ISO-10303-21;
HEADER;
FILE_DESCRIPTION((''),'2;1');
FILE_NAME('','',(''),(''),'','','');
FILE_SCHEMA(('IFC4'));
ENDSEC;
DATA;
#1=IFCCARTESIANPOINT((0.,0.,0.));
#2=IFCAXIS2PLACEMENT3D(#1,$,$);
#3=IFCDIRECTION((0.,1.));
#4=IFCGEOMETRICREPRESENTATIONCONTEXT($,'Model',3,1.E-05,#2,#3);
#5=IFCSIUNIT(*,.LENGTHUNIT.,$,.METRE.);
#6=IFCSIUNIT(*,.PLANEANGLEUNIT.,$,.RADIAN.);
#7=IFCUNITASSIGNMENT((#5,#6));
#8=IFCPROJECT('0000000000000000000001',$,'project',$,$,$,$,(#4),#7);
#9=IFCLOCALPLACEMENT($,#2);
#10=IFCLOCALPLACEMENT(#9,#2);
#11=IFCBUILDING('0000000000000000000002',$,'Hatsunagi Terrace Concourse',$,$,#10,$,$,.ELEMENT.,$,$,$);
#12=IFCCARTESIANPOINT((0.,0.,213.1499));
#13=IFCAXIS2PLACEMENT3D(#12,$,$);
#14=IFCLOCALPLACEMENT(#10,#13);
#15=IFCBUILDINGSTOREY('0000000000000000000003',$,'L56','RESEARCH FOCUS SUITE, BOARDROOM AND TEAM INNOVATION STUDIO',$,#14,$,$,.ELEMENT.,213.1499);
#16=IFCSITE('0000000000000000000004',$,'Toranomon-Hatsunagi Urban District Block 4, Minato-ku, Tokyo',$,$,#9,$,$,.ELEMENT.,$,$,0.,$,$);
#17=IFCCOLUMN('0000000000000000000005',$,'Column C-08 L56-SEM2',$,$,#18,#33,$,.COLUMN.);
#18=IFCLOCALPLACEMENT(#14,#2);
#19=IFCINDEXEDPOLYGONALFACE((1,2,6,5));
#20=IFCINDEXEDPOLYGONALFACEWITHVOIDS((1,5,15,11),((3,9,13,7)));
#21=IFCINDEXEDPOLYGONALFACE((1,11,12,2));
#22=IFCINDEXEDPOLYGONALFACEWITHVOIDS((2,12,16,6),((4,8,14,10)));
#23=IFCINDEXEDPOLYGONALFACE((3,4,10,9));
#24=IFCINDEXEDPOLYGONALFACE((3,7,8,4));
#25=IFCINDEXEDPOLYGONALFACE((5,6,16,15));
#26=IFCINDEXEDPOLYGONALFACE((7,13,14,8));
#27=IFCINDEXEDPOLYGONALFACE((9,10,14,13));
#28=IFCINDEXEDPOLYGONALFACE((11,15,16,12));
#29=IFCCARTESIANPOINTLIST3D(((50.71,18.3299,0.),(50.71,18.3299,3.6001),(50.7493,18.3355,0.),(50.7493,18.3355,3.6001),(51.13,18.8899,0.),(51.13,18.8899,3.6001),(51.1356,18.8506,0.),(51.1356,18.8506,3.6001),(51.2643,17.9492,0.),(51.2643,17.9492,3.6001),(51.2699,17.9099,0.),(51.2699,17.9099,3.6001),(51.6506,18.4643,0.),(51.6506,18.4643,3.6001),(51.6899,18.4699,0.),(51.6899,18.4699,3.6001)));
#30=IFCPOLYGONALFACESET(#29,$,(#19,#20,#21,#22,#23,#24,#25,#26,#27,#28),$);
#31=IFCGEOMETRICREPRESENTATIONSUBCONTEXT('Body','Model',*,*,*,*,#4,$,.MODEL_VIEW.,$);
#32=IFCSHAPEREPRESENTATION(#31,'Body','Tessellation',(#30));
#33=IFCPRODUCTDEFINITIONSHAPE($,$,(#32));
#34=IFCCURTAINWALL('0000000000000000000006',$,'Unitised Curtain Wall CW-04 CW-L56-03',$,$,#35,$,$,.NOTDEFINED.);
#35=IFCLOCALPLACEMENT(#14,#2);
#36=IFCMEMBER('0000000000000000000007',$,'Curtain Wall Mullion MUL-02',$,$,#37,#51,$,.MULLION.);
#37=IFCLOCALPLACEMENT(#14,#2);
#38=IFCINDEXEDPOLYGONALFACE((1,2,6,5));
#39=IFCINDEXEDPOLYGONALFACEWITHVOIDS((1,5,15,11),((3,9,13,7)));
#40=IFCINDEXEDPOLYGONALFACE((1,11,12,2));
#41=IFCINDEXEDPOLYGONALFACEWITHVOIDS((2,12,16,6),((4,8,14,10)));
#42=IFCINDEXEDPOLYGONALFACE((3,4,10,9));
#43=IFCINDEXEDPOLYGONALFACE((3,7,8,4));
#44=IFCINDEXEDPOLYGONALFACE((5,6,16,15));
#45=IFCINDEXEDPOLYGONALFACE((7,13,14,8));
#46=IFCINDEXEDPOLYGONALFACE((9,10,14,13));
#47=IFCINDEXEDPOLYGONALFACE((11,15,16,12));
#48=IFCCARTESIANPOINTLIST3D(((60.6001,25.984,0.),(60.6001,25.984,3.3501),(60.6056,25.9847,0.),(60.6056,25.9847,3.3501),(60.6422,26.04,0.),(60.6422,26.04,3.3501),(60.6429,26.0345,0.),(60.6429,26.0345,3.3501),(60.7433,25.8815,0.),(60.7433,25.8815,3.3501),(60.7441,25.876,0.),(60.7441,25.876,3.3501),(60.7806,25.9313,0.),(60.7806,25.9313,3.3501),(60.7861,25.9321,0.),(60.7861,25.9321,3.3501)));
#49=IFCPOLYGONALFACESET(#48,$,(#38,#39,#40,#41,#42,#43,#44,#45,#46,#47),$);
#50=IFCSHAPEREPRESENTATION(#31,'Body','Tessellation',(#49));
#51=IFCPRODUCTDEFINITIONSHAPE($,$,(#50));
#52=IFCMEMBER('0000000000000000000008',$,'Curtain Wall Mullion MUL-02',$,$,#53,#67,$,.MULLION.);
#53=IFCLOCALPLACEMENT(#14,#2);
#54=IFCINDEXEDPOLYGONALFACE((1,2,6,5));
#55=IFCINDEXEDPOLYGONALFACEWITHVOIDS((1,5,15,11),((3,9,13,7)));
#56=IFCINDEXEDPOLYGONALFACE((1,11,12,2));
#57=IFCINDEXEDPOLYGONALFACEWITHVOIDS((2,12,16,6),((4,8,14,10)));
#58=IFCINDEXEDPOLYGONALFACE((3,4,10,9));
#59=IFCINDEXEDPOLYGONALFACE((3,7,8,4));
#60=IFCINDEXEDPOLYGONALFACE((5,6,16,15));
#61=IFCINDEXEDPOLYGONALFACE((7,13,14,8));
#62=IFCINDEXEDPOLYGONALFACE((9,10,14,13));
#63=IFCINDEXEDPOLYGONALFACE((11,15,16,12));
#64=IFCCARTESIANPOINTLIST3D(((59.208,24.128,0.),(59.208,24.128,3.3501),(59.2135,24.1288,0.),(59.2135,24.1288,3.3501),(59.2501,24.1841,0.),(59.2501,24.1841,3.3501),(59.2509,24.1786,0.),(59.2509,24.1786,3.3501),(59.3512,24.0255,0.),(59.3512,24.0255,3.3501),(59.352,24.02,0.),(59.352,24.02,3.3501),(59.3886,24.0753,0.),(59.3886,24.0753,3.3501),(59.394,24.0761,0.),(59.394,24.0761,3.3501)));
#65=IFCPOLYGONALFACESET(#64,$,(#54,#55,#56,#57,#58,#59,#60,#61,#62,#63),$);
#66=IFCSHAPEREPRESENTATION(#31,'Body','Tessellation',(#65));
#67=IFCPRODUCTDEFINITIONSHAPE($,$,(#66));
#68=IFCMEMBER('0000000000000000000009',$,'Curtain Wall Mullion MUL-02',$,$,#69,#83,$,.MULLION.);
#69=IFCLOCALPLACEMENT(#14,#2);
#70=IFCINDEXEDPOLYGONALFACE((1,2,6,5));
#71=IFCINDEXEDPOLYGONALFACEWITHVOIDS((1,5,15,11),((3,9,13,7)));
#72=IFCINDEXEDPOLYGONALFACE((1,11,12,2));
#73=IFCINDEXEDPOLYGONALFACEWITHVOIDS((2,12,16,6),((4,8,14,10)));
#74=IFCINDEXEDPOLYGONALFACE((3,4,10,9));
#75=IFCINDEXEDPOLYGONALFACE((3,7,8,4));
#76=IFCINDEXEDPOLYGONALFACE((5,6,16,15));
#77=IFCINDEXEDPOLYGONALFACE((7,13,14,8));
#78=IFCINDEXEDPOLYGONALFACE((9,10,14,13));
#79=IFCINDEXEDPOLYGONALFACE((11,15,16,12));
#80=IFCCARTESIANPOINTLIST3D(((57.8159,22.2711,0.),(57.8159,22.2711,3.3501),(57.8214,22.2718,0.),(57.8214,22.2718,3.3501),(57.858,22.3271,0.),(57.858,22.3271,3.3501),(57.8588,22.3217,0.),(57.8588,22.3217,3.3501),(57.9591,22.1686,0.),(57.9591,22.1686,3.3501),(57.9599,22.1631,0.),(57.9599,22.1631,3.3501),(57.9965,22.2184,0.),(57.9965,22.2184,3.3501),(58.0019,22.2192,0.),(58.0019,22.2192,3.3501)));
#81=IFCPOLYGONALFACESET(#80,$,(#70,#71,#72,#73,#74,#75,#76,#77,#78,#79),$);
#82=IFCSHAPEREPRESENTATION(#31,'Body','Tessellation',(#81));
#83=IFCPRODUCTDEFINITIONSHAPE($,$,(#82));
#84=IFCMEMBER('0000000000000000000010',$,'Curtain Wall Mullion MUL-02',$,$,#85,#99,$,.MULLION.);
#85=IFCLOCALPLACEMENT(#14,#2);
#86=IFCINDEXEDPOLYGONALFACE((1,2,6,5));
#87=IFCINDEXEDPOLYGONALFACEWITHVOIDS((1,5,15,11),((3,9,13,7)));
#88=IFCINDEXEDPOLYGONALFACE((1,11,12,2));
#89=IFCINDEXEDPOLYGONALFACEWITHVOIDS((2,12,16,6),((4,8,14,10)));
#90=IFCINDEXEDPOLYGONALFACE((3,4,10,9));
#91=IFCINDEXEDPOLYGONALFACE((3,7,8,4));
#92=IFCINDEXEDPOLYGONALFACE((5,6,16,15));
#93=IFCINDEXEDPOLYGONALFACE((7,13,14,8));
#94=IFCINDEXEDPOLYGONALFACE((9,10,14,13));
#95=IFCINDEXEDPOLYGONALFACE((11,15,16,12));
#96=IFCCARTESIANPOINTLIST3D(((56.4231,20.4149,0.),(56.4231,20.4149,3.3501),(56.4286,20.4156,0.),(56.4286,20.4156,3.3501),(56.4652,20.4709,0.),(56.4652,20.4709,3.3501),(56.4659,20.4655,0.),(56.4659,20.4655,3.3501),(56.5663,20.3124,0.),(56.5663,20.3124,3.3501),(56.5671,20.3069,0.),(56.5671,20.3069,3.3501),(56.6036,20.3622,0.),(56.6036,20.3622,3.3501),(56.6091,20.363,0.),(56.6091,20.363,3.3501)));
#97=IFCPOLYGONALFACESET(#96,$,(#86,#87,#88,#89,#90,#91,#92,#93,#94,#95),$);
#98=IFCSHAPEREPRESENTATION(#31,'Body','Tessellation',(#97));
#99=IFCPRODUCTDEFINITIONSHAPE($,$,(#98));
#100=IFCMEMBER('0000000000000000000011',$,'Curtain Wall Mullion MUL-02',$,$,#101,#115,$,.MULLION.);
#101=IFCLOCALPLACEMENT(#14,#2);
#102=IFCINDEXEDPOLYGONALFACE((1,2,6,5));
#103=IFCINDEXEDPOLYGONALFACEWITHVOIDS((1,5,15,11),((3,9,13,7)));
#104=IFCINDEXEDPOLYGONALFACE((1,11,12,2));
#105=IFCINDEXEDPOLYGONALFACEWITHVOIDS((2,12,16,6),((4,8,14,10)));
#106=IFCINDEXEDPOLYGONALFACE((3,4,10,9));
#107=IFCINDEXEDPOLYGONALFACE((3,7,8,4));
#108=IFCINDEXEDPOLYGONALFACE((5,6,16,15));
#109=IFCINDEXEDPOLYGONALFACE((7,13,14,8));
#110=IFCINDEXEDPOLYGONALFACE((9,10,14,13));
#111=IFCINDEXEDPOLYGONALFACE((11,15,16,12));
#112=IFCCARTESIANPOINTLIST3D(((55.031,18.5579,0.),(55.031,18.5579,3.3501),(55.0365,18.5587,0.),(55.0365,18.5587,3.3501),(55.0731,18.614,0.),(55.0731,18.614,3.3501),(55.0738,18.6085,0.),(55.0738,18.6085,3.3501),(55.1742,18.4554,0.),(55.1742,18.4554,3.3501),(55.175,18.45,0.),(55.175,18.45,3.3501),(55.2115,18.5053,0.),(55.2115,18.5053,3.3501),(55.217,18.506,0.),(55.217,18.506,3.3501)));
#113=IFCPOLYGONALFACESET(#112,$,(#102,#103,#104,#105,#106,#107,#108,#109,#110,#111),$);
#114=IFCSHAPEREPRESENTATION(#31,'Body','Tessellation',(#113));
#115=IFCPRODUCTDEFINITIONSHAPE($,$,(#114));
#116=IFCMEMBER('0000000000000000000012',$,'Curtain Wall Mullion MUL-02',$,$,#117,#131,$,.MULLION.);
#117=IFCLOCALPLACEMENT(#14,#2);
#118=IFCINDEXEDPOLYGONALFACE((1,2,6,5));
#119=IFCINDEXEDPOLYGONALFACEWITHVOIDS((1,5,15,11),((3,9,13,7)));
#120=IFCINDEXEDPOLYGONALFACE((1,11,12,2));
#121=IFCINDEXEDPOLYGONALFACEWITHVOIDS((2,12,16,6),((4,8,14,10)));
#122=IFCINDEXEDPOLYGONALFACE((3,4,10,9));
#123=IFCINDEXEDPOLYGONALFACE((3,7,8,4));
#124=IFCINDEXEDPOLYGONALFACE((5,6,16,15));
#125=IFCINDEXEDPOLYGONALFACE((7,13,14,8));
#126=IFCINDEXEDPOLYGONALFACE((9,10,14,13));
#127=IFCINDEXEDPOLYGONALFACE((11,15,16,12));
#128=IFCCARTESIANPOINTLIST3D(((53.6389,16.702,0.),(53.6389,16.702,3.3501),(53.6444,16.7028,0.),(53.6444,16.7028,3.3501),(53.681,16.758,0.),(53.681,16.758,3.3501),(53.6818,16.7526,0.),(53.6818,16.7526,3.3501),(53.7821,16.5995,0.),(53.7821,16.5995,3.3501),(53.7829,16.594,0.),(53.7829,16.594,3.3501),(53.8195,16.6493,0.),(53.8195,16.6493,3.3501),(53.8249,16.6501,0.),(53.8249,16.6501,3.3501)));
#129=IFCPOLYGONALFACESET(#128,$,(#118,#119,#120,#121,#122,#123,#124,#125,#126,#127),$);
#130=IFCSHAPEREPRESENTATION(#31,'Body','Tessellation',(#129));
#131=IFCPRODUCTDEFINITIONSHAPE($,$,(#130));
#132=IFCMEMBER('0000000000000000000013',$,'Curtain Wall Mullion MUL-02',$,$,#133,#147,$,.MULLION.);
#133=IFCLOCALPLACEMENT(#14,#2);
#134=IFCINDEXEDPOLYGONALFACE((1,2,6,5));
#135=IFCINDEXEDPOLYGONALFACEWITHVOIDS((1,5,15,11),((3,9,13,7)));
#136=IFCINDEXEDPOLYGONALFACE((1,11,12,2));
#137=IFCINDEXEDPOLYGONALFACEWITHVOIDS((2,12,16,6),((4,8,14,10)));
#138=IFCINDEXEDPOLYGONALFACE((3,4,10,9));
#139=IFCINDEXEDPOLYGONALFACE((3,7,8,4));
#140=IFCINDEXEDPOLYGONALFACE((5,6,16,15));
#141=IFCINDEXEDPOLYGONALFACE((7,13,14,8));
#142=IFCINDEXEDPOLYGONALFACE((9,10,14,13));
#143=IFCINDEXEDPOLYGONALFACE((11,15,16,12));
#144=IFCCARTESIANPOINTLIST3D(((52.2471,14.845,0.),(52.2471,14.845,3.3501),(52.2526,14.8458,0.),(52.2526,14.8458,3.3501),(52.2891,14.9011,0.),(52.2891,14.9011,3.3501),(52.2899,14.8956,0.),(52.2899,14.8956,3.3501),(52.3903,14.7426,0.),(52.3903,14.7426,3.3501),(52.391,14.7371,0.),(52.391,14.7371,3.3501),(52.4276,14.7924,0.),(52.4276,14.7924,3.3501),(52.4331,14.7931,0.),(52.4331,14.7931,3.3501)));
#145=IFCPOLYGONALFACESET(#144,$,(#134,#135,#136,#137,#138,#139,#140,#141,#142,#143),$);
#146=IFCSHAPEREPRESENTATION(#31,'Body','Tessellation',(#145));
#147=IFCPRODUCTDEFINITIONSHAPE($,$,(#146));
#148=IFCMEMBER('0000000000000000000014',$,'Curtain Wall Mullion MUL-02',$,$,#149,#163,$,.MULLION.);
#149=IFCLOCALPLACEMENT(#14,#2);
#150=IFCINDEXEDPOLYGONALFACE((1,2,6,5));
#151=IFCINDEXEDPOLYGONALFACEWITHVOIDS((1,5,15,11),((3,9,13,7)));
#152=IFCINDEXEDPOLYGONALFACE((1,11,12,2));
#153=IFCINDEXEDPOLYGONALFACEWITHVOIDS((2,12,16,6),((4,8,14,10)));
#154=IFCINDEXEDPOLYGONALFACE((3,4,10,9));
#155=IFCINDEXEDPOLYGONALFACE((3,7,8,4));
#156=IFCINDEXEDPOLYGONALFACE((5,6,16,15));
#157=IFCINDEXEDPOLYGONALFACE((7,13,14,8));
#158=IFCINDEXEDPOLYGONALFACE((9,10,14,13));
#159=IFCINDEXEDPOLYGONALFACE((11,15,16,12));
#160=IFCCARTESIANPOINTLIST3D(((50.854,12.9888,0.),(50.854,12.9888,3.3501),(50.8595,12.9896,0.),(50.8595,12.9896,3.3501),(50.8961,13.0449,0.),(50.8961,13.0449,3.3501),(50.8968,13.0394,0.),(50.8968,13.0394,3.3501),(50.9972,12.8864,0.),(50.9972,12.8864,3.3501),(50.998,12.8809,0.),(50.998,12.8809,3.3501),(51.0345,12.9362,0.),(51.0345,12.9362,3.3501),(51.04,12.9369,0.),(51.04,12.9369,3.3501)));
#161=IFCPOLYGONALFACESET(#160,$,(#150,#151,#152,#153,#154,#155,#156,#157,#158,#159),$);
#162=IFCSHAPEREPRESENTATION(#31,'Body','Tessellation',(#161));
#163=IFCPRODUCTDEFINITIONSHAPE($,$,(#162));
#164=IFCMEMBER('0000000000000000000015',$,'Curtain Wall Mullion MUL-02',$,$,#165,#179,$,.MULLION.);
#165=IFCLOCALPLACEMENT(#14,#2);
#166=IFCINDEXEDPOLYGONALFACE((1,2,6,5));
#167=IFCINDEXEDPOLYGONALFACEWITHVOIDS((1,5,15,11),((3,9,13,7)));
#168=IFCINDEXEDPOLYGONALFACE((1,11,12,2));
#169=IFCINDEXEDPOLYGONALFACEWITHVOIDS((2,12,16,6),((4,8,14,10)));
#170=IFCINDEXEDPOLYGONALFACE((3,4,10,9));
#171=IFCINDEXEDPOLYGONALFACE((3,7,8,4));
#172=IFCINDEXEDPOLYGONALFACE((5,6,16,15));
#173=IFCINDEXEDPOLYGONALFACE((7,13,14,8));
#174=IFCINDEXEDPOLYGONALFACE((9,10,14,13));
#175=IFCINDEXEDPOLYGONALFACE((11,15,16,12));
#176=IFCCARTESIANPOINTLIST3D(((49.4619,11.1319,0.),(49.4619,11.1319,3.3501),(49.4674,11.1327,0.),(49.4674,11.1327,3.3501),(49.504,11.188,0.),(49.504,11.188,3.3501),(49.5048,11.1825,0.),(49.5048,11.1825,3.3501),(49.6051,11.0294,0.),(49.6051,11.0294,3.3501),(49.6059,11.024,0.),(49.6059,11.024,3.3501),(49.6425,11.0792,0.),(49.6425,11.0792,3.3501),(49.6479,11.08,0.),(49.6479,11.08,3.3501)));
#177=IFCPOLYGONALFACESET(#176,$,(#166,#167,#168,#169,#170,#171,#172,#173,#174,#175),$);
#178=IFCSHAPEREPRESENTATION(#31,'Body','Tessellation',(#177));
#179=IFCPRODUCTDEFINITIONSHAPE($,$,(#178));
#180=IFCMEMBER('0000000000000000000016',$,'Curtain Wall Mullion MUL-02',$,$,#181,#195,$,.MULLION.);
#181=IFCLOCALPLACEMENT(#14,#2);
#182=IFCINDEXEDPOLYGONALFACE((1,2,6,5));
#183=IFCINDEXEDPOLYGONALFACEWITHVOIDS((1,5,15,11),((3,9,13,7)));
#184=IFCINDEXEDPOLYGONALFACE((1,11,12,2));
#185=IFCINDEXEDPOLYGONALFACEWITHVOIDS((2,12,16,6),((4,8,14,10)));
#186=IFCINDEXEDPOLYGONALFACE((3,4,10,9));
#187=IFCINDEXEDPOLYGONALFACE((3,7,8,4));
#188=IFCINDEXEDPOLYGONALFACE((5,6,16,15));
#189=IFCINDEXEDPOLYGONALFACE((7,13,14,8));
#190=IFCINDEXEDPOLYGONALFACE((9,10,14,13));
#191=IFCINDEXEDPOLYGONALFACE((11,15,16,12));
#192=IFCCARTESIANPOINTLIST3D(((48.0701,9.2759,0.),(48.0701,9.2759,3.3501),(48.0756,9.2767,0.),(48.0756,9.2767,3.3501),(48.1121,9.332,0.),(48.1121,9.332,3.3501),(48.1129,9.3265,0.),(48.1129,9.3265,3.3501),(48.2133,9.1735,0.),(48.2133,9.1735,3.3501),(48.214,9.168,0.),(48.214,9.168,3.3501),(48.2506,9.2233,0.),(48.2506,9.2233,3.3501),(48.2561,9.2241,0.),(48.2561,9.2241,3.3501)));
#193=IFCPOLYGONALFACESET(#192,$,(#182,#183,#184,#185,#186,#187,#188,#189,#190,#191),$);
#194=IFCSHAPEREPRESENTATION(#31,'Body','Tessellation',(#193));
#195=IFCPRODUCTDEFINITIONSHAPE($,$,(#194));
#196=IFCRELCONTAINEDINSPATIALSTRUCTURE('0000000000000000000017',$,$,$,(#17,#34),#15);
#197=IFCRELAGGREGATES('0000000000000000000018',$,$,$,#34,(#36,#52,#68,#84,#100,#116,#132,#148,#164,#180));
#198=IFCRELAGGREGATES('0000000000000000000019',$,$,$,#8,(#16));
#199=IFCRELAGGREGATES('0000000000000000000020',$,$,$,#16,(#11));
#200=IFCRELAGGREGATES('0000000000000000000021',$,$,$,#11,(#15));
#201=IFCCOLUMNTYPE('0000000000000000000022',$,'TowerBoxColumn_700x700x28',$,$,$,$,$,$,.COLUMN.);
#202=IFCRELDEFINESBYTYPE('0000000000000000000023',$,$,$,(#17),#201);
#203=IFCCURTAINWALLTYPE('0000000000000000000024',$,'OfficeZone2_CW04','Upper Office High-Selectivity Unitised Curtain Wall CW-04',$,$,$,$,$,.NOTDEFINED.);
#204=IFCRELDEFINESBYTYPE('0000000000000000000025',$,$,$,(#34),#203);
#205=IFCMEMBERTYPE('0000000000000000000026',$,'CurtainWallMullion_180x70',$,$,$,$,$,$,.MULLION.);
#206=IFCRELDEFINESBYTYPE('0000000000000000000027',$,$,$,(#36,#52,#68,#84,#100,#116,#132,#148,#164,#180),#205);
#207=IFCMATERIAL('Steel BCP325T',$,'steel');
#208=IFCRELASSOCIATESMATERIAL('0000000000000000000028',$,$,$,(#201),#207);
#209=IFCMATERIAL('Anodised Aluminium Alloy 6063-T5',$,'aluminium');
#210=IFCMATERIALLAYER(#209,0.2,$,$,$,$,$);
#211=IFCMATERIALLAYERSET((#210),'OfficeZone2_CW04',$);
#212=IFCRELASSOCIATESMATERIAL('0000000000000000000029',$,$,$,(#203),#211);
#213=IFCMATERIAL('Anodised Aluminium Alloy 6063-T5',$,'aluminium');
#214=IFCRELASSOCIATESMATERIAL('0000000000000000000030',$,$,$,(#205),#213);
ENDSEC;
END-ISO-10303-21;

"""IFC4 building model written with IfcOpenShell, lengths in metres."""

from ifc_helpers import new_model, si_unit, direction, frame, origin, origin_2d, place, context, subcontext, project, spatial, hollow_rectangle, extrude, material, layer, layer_set, material_profile, profile_set, type_object, element, aggregate, save


model = new_model("IFC4")

# Units and contexts
model_context = context("Model", 3, precision=1e-05, world=origin(), true_north=direction((0.0, 1.0)))
body_context = subcontext(model_context, "Body", "Model", "MODEL_VIEW")
ifc_project = project(units=[si_unit("LENGTHUNIT", "METRE"), si_unit("PLANEANGLEUNIT", "RADIAN")], contexts=[model_context])

# Site, building, storey
site_placement = place(None, origin())
site = spatial("IfcSite", under=ifc_project, at=site_placement, Name="Toranomon-Hatsunagi Urban District Block 4, Minato-ku, Tokyo", CompositionType="ELEMENT", RefElevation=0.0)
building_placement = place(site_placement, origin())
building = spatial("IfcBuilding", under=site, at=building_placement, Name="Hatsunagi Terrace Concourse", CompositionType="ELEMENT")
storey_placement = place(building_placement, frame((0.0, 0.0, 213.1499)))
storey = spatial("IfcBuildingStorey", under=building, at=storey_placement, Name="L56", Description="RESEARCH FOCUS SUITE, BOARDROOM AND TEAM INNOVATION STUDIO", CompositionType="ELEMENT", Elevation=213.1499)

# Column
ifc_material_1 = material(Name="Steel BCP325T", Category="steel")
ifc_material_profile_1 = material_profile(ifc_material_1, hollow_rectangle(XDim=0.7, YDim=0.7, WallThickness=0.0281, at=origin_2d()), Name="BCP-700x700x28")
ifc_profile_set_1 = profile_set([ifc_material_profile_1], Name="Steel BCP325T")
column_type = type_object("IfcColumnType", Name="TowerBoxColumn_700x700x28", PredefinedType="COLUMN", material=ifc_profile_set_1)
column_placement = place(storey_placement, frame((51.2, 18.3999, 0.0), z_axis=(0.0, 0.0, 1.0), x_axis=(0.8, -0.6, 0.0)))
element("IfcColumn", 1, at=column_placement, inside=storey, type_object=column_type, Name="Column C-08 L56-SEM2", PredefinedType="COLUMN", context=body_context, shape_type="SweptSolid", body=[
    extrude(hollow_rectangle(XDim=0.7, YDim=0.7, WallThickness=0.0281, at=origin_2d()), origin(), (0.0, 0.0, 1.0), 3.6001),
])

# Curtain wall, members
ifc_material_2 = material(Name="Anodised Aluminium Alloy 6063-T5", Category="aluminium")
ifc_layer_1 = layer(ifc_material_2, 0.2)
ifc_layer_set_1 = layer_set([ifc_layer_1], Name="OfficeZone2_CW04")
curtain_wall_type = type_object("IfcCurtainWallType", Name="OfficeZone2_CW04", Description="Upper Office High-Selectivity Unitised Curtain Wall CW-04", PredefinedType="NOTDEFINED", material=ifc_layer_set_1)
curtain_wall_placement = place(storey_placement, origin())
curtain_wall = element("IfcCurtainWall", 2, at=curtain_wall_placement, inside=storey, type_object=curtain_wall_type, Name="Unitised Curtain Wall CW-04 CW-L56-03", PredefinedType="NOTDEFINED")
ifc_material_3 = material(Name="Anodised Aluminium Alloy 6063-T5", Category="aluminium")
ifc_material_profile_2 = material_profile(ifc_material_3, hollow_rectangle(XDim=0.0701, YDim=0.1799, WallThickness=0.0039, at=origin_2d()), Name="ALU-MUL-180x70x4")
ifc_profile_set_2 = profile_set([ifc_material_profile_2], Name="Anodised Aluminium Alloy 6063-T5")
member_type_1 = type_object("IfcMemberType", Name="CurtainWallMullion_180x70", PredefinedType="MULLION", material=ifc_profile_set_2)
member_1_placement = place(storey_placement, frame((60.6931, 25.958, 0.0), z_axis=(0.0, 0.0, 1.0), x_axis=(-0.599969, -0.800023, 0.0)))
member_1 = element("IfcMember", 3, at=member_1_placement, type_object=member_type_1, Name="Curtain Wall Mullion MUL-02", PredefinedType="MULLION", context=body_context, shape_type="SweptSolid", body=[
    extrude(hollow_rectangle(XDim=0.0701, YDim=0.1799, WallThickness=0.0039, at=origin_2d()), origin(), (0.0, 0.0, 1.0), 3.3501),
])
member_2_placement = place(storey_placement, frame((59.301, 24.1021, 0.0), z_axis=(0.0, 0.0, 1.0), x_axis=(-0.599969, -0.800023, 0.0)))
member_2 = element("IfcMember", 4, at=member_2_placement, type_object=member_type_1, Name="Curtain Wall Mullion MUL-02", PredefinedType="MULLION", context=body_context, shape_type="SweptSolid", body=[
    extrude(hollow_rectangle(XDim=0.0701, YDim=0.1799, WallThickness=0.0039, at=origin_2d()), origin(), (0.0, 0.0, 1.0), 3.3501),
])
member_3_placement = place(storey_placement, frame((57.9089, 22.2451, 0.0), z_axis=(0.0, 0.0, 1.0), x_axis=(-0.599969, -0.800023, 0.0)))
member_3 = element("IfcMember", 5, at=member_3_placement, type_object=member_type_1, Name="Curtain Wall Mullion MUL-02", PredefinedType="MULLION", context=body_context, shape_type="SweptSolid", body=[
    extrude(hollow_rectangle(XDim=0.0701, YDim=0.1799, WallThickness=0.0039, at=origin_2d()), origin(), (0.0, 0.0, 1.0), 3.3501),
])
member_4_placement = place(storey_placement, frame((56.5161, 20.3889, 0.0), z_axis=(0.0, 0.0, 1.0), x_axis=(-0.599969, -0.800023, 0.0)))
member_4 = element("IfcMember", 6, at=member_4_placement, type_object=member_type_1, Name="Curtain Wall Mullion MUL-02", PredefinedType="MULLION", context=body_context, shape_type="SweptSolid", body=[
    extrude(hollow_rectangle(XDim=0.0701, YDim=0.1799, WallThickness=0.0039, at=origin_2d()), origin(), (0.0, 0.0, 1.0), 3.3501),
])
member_5_placement = place(storey_placement, frame((55.124, 18.532, 0.0), z_axis=(0.0, 0.0, 1.0), x_axis=(-0.599969, -0.800023, 0.0)))
member_5 = element("IfcMember", 7, at=member_5_placement, type_object=member_type_1, Name="Curtain Wall Mullion MUL-02", PredefinedType="MULLION", context=body_context, shape_type="SweptSolid", body=[
    extrude(hollow_rectangle(XDim=0.0701, YDim=0.1799, WallThickness=0.0039, at=origin_2d()), origin(), (0.0, 0.0, 1.0), 3.3501),
])
member_6_placement = place(storey_placement, frame((53.7319, 16.676, 0.0), z_axis=(0.0, 0.0, 1.0), x_axis=(-0.599969, -0.800023, 0.0)))
member_6 = element("IfcMember", 8, at=member_6_placement, type_object=member_type_1, Name="Curtain Wall Mullion MUL-02", PredefinedType="MULLION", context=body_context, shape_type="SweptSolid", body=[
    extrude(hollow_rectangle(XDim=0.0701, YDim=0.1799, WallThickness=0.0039, at=origin_2d()), origin(), (0.0, 0.0, 1.0), 3.3501),
])
member_7_placement = place(storey_placement, frame((52.3401, 14.8191, 0.0), z_axis=(0.0, 0.0, 1.0), x_axis=(-0.599969, -0.800023, 0.0)))
member_7 = element("IfcMember", 9, at=member_7_placement, type_object=member_type_1, Name="Curtain Wall Mullion MUL-02", PredefinedType="MULLION", context=body_context, shape_type="SweptSolid", body=[
    extrude(hollow_rectangle(XDim=0.0701, YDim=0.1799, WallThickness=0.0039, at=origin_2d()), origin(), (0.0, 0.0, 1.0), 3.3501),
])
member_8_placement = place(storey_placement, frame((50.947, 12.9629, 0.0), z_axis=(0.0, 0.0, 1.0), x_axis=(-0.599969, -0.800023, 0.0)))
member_8 = element("IfcMember", 10, at=member_8_placement, type_object=member_type_1, Name="Curtain Wall Mullion MUL-02", PredefinedType="MULLION", context=body_context, shape_type="SweptSolid", body=[
    extrude(hollow_rectangle(XDim=0.0701, YDim=0.1799, WallThickness=0.0039, at=origin_2d()), origin(), (0.0, 0.0, 1.0), 3.3501),
])
member_9_placement = place(storey_placement, frame((49.5549, 11.106, 0.0), z_axis=(0.0, 0.0, 1.0), x_axis=(-0.599969, -0.800023, 0.0)))
member_9 = element("IfcMember", 11, at=member_9_placement, type_object=member_type_1, Name="Curtain Wall Mullion MUL-02", PredefinedType="MULLION", context=body_context, shape_type="SweptSolid", body=[
    extrude(hollow_rectangle(XDim=0.0701, YDim=0.1799, WallThickness=0.0039, at=origin_2d()), origin(), (0.0, 0.0, 1.0), 3.3501),
])
member_10_placement = place(storey_placement, frame((48.1631, 9.25, 0.0), z_axis=(0.0, 0.0, 1.0), x_axis=(-0.599969, -0.800023, 0.0)))
member_10 = element("IfcMember", 12, at=member_10_placement, type_object=member_type_1, Name="Curtain Wall Mullion MUL-02", PredefinedType="MULLION", context=body_context, shape_type="SweptSolid", body=[
    extrude(hollow_rectangle(XDim=0.0701, YDim=0.1799, WallThickness=0.0039, at=origin_2d()), origin(), (0.0, 0.0, 1.0), 3.3501),
])

aggregate(curtain_wall, [member_1, member_2, member_3, member_4, member_5, member_6, member_7, member_8, member_9, member_10])

save(model, "model.ifc")
